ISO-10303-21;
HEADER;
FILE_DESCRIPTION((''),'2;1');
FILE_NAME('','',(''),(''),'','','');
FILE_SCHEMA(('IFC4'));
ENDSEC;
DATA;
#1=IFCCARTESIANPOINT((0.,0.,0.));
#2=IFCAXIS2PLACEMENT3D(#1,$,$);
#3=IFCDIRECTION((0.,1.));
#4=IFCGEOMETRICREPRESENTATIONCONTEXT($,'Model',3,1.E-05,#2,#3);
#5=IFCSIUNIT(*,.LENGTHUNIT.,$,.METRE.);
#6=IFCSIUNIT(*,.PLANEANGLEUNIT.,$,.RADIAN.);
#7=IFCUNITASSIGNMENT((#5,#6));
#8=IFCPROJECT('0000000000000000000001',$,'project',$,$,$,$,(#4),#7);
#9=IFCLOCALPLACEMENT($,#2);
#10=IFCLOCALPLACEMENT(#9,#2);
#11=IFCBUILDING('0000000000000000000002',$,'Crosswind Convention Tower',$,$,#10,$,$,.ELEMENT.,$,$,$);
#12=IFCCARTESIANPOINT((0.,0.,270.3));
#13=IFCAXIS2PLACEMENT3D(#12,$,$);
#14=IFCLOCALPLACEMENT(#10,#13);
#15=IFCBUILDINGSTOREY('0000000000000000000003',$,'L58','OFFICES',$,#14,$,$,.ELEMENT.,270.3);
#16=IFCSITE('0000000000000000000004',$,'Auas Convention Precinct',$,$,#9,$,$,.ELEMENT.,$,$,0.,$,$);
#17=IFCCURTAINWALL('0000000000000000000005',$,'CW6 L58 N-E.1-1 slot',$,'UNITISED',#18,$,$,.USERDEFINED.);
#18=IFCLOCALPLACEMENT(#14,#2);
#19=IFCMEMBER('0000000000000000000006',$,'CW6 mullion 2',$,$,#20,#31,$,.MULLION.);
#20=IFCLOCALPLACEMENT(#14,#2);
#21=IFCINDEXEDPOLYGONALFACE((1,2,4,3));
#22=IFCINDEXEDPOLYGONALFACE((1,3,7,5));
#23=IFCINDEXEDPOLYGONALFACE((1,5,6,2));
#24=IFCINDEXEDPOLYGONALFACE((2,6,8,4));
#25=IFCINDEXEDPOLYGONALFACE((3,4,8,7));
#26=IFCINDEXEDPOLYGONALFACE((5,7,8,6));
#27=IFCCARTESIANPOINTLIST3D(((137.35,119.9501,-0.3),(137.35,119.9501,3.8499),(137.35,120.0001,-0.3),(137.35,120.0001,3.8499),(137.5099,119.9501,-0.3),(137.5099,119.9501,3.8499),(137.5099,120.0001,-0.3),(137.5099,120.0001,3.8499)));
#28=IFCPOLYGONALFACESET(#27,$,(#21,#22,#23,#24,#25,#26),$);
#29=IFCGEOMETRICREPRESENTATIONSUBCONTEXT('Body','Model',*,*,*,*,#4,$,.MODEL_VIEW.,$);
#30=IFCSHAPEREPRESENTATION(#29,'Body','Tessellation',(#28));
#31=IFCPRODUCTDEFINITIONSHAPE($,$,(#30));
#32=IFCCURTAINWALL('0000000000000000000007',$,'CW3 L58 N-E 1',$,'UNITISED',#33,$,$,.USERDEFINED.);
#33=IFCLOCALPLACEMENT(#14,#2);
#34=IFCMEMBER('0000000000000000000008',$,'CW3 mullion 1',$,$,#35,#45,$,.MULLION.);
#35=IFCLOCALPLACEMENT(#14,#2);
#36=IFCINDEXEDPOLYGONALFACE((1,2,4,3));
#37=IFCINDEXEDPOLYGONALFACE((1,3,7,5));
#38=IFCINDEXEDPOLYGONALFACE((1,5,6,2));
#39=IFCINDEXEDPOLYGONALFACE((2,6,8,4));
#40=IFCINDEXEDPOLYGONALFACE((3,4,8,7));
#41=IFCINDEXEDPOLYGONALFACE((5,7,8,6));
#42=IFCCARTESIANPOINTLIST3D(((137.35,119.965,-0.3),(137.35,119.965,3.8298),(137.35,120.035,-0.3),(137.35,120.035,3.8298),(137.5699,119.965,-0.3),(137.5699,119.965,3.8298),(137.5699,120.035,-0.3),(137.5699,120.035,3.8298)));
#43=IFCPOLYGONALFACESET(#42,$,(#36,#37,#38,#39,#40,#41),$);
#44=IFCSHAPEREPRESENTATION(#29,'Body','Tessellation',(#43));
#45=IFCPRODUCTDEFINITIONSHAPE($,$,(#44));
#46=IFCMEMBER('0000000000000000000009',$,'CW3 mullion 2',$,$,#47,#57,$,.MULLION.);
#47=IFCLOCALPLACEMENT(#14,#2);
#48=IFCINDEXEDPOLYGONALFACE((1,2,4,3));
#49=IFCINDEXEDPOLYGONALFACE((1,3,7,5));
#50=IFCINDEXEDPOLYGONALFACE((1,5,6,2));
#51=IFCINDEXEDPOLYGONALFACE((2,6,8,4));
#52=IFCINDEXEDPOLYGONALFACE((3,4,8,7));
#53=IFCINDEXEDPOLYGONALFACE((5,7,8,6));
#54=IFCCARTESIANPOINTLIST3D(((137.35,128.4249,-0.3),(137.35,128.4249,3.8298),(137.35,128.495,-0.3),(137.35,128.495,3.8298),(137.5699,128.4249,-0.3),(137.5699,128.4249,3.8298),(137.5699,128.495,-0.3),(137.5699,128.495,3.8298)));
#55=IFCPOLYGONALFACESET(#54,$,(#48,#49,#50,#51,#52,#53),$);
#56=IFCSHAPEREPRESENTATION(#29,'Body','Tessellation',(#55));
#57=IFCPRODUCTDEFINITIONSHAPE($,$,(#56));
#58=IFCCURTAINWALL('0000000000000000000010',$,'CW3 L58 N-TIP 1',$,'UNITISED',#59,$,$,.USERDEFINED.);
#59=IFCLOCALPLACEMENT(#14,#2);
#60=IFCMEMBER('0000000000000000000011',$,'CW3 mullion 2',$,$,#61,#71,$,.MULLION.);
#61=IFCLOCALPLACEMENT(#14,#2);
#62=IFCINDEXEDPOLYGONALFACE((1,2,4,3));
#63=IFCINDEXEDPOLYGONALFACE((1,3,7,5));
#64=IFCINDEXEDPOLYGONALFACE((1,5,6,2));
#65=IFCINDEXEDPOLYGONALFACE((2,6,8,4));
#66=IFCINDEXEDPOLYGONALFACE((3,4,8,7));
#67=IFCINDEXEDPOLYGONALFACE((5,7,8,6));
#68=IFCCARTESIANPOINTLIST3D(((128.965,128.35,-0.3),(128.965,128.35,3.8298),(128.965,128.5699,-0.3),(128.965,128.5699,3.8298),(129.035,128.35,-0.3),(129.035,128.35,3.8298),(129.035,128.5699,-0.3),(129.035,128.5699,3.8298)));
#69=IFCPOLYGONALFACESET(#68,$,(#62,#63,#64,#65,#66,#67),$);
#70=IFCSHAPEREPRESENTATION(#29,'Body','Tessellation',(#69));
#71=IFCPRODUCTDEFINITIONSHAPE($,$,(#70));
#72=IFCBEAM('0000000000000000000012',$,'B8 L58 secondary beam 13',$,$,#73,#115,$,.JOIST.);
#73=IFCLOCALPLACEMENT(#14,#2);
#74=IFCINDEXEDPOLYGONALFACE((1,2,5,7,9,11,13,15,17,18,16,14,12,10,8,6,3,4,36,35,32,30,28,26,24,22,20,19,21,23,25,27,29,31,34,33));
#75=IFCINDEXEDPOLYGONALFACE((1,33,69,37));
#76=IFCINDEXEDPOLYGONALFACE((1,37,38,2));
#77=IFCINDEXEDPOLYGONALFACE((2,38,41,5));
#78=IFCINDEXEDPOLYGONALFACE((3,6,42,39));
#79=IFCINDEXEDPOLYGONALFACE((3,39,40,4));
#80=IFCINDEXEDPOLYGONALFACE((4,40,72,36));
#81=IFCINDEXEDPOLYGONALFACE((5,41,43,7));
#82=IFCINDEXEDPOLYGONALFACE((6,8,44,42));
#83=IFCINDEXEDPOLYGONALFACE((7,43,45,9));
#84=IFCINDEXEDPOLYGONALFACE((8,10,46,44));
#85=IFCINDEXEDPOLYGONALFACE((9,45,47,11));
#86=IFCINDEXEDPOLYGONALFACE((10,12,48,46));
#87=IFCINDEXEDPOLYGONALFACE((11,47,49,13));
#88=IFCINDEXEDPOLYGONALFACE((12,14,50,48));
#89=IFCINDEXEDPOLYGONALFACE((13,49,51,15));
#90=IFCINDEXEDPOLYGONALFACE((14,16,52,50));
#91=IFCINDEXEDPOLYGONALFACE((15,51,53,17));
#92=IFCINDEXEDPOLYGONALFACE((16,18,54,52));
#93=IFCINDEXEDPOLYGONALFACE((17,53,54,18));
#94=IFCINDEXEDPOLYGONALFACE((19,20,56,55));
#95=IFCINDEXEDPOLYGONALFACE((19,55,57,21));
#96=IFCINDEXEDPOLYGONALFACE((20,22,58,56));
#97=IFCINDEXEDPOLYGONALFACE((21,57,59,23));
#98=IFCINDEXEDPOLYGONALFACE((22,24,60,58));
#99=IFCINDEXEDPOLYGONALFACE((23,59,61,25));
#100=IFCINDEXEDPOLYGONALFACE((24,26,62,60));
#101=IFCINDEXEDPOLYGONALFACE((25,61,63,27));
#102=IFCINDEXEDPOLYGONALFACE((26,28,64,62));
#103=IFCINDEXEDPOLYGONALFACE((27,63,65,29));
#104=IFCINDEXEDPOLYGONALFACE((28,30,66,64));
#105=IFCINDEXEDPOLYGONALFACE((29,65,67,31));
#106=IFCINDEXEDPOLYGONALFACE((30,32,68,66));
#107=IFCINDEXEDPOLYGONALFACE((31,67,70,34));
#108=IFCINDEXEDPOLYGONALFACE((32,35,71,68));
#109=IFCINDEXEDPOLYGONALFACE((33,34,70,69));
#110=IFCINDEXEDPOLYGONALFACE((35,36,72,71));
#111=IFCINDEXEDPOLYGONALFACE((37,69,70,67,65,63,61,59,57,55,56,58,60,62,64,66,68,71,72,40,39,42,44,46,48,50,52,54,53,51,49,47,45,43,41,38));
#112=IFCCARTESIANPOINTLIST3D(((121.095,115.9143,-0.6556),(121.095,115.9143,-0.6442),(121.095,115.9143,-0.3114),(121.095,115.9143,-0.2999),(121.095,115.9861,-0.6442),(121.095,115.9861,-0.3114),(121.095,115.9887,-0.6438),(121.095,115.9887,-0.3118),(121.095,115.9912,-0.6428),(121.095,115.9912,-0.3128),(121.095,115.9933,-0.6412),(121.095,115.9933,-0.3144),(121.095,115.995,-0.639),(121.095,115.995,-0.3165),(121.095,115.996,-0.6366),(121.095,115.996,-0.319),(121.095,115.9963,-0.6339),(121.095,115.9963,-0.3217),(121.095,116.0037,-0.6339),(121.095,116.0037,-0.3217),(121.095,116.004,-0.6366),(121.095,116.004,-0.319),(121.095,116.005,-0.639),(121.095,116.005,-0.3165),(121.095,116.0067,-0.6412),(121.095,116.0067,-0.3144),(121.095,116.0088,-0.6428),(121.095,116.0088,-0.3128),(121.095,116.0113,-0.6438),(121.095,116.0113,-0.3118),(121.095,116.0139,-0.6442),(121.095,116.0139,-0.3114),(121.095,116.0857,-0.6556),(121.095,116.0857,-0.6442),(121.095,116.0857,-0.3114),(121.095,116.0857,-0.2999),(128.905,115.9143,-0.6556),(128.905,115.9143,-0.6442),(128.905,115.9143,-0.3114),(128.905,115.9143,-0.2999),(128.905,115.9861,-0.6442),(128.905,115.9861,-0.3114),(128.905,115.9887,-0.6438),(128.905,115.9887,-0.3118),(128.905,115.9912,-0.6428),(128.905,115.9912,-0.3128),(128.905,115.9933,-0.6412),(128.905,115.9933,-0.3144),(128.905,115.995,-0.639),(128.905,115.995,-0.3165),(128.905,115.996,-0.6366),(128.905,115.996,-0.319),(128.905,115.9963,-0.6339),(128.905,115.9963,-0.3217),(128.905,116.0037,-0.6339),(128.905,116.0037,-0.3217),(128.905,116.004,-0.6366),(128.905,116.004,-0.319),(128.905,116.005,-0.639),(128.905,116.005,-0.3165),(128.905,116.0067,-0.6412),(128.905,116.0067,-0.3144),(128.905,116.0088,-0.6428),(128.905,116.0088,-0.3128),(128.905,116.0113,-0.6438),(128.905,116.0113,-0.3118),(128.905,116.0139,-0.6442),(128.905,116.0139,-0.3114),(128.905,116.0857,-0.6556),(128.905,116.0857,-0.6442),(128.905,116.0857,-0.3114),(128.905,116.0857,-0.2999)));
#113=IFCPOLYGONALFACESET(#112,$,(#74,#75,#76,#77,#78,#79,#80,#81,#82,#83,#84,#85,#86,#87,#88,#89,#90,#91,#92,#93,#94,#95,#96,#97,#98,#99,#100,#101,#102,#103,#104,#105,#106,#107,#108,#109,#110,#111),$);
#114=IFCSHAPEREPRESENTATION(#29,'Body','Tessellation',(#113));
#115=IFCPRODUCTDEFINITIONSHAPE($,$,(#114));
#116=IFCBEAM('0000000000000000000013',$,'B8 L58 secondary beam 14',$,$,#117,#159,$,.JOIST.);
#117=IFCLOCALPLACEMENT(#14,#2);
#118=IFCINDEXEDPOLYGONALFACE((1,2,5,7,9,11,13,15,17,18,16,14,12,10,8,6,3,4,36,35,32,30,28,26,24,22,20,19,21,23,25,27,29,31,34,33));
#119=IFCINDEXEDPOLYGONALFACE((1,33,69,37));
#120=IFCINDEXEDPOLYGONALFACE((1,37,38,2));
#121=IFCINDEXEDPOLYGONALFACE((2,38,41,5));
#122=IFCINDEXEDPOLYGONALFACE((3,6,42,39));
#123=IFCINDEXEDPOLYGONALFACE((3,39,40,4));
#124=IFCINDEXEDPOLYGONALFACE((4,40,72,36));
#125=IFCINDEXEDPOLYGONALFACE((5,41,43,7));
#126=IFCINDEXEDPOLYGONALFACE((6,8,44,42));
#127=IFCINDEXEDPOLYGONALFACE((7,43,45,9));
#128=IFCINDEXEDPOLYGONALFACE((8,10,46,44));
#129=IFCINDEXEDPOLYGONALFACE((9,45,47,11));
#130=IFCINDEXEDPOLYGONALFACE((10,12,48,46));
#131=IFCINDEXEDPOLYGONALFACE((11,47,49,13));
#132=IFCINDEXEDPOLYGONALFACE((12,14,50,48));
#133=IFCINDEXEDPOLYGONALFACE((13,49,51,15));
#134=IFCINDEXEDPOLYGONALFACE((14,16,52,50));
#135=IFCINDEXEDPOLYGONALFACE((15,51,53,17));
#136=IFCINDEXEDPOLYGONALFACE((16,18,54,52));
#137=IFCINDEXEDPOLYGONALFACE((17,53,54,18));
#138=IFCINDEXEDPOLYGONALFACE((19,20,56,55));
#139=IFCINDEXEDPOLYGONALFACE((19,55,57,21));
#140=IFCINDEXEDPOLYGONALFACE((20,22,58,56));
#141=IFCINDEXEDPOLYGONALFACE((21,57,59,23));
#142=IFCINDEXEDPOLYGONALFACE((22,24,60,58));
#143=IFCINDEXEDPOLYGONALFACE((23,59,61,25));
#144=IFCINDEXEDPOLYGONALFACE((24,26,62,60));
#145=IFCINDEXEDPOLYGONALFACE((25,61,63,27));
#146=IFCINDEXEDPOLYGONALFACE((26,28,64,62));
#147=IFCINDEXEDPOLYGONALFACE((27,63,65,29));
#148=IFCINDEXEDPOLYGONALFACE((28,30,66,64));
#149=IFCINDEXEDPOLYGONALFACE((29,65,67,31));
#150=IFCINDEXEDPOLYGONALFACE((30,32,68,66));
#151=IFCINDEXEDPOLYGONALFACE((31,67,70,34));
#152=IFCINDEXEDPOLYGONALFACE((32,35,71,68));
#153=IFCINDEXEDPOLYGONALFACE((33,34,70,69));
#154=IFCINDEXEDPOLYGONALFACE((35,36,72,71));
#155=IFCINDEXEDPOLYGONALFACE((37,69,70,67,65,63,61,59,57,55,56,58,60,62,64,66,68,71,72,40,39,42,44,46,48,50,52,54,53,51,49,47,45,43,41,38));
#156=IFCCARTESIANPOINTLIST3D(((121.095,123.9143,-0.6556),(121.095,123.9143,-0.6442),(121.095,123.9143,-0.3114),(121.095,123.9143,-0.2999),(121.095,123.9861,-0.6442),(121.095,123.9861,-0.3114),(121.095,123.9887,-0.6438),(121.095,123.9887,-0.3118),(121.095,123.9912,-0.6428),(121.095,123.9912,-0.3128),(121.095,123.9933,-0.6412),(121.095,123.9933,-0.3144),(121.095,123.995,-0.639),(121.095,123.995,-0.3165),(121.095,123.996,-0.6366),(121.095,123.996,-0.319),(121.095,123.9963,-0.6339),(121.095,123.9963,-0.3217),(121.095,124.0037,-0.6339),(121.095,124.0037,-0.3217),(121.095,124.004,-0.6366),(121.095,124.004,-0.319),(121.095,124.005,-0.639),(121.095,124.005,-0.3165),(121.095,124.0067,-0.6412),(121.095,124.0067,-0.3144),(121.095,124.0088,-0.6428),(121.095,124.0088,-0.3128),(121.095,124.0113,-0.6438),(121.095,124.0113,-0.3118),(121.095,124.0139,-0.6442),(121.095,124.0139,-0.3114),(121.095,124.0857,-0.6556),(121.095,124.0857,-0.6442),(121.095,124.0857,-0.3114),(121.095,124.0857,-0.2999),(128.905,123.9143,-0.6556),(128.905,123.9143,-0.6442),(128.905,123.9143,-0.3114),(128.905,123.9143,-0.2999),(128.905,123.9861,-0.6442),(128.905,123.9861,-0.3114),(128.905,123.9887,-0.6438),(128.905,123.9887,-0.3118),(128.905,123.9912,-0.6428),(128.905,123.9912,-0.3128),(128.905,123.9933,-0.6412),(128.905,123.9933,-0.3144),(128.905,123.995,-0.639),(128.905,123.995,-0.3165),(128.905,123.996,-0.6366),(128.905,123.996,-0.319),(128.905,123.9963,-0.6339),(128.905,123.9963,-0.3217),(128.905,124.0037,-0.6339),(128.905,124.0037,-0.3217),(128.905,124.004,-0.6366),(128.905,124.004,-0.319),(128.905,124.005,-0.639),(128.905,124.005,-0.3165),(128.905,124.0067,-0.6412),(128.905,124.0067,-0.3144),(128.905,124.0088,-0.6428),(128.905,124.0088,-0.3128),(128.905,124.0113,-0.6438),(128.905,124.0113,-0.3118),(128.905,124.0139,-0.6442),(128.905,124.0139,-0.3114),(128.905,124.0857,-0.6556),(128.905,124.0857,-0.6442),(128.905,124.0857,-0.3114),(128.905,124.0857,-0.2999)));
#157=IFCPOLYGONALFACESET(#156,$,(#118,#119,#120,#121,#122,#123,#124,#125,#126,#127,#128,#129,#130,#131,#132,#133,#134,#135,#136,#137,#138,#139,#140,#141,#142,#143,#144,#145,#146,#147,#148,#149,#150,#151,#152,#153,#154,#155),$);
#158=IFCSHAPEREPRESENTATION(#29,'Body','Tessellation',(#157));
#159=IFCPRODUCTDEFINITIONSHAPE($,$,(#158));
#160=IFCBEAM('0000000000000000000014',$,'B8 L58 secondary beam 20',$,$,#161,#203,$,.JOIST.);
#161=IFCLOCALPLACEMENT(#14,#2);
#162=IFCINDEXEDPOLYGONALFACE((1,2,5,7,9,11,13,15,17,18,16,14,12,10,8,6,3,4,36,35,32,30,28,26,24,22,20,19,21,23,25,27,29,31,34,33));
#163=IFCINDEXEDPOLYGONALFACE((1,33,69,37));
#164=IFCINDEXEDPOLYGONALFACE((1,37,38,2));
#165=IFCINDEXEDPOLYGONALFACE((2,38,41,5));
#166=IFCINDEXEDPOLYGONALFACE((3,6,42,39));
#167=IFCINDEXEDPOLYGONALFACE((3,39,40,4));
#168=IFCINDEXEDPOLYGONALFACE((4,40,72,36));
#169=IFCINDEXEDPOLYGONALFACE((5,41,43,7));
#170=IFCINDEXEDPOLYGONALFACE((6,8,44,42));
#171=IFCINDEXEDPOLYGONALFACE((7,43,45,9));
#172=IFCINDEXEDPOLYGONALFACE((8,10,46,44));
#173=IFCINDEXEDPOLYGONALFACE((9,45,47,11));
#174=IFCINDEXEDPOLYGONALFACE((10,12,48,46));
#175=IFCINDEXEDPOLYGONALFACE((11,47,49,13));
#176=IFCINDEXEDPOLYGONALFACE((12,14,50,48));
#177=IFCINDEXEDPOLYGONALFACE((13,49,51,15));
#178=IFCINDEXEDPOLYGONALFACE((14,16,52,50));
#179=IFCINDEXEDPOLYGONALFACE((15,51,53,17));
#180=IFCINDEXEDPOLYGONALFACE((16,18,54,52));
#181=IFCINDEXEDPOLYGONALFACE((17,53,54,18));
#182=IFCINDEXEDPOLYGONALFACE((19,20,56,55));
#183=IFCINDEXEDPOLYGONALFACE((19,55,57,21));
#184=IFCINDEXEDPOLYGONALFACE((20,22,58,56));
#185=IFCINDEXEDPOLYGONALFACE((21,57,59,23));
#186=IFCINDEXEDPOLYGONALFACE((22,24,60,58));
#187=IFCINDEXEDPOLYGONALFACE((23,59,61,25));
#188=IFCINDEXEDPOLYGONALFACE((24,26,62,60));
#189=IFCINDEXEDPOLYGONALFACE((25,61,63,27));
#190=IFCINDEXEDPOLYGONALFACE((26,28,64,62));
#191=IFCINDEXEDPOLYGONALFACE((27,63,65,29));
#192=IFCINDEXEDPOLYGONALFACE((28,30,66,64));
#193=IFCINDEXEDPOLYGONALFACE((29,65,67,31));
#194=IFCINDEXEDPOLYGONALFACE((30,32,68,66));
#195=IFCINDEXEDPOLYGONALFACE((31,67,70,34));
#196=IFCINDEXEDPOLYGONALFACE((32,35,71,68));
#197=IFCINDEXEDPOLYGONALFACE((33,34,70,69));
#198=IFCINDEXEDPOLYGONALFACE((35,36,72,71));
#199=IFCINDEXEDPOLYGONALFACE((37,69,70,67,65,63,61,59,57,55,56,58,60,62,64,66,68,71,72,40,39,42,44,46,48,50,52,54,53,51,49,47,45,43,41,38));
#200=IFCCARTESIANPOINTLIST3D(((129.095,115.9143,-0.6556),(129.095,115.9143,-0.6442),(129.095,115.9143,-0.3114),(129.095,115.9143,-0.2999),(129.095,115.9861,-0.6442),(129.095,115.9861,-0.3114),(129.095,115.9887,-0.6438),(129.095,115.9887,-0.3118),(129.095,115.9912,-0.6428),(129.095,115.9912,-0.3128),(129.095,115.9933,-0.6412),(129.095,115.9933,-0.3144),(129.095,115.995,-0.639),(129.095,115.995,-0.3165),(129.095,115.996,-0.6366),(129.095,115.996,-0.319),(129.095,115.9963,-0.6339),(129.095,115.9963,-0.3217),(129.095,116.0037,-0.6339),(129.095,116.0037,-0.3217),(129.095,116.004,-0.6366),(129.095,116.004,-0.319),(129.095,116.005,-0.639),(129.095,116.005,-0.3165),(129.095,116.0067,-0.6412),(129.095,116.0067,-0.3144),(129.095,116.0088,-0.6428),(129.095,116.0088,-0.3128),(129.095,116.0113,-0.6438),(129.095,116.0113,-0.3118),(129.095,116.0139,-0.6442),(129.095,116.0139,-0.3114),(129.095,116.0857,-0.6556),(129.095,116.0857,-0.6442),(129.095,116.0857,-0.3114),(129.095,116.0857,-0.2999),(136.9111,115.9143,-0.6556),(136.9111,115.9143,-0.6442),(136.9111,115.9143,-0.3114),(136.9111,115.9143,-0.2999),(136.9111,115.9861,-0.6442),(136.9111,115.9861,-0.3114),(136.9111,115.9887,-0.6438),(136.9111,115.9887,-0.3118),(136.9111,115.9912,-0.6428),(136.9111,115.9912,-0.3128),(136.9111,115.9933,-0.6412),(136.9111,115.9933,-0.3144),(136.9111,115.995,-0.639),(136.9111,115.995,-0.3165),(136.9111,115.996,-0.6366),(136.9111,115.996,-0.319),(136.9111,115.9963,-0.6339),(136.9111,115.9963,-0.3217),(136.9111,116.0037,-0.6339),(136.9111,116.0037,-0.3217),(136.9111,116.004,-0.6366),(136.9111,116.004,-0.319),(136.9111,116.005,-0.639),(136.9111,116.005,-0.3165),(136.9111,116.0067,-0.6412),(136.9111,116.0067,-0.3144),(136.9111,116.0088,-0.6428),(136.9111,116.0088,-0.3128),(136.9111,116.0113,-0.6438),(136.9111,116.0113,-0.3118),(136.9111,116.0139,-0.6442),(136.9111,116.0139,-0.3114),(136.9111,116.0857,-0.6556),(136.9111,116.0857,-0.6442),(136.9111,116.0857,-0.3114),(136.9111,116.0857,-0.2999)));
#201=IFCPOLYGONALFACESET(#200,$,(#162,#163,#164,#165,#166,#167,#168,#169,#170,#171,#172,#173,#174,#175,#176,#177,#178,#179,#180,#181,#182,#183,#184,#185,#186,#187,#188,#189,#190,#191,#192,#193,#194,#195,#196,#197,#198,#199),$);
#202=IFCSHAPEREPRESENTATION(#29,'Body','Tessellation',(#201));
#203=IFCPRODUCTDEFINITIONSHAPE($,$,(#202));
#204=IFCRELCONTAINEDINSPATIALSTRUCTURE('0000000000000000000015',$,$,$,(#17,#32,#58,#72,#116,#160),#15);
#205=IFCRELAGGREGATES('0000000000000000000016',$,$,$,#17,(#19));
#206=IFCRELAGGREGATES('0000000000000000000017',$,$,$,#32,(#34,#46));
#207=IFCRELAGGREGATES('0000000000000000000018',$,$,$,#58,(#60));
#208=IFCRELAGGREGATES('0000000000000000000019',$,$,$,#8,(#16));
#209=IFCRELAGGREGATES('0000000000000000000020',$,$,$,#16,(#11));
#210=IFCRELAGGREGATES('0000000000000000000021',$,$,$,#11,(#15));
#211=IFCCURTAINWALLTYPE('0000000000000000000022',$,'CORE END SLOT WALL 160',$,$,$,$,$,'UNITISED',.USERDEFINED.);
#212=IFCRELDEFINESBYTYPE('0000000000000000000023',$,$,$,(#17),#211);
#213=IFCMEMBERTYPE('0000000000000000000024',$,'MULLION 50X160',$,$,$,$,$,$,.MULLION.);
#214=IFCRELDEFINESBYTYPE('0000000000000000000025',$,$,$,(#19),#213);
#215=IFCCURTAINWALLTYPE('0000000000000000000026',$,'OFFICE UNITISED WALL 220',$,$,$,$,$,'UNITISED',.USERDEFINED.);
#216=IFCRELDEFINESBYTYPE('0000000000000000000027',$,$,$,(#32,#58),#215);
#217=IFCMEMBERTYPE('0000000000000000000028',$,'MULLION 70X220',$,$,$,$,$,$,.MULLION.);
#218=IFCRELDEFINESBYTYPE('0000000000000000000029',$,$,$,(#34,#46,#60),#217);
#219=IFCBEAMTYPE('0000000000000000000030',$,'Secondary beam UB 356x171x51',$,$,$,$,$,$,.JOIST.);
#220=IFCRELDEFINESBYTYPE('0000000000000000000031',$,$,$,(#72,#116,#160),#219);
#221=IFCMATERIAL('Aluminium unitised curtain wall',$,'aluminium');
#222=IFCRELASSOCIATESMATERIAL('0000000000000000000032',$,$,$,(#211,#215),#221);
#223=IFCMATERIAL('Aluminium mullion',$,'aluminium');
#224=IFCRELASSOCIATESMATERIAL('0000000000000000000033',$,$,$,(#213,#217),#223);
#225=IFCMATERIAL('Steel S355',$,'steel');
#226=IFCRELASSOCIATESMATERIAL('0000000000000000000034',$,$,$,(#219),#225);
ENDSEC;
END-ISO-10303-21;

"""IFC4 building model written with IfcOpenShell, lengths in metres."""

from ifc_helpers import new_model, si_unit, direction, frame, origin, origin_2d, place, context, subcontext, project, spatial, rectangle, i_section, extrude, material, material_profile, profile_set, type_object, element, aggregate, save


model = new_model("IFC4")

# Units and contexts
model_context = context("Model", 3, precision=1e-05, world=origin(), true_north=direction((0.0, 1.0)))
body_context = subcontext(model_context, "Body", "Model", "MODEL_VIEW")
ifc_project = project(units=[si_unit("LENGTHUNIT", "METRE"), si_unit("PLANEANGLEUNIT", "RADIAN")], contexts=[model_context])

# Site, building, storey
site_placement = place(None, origin())
site = spatial("IfcSite", under=ifc_project, at=site_placement, Name="Auas Convention Precinct", CompositionType="ELEMENT", RefElevation=0.0)
building_placement = place(site_placement, origin())
building = spatial("IfcBuilding", under=site, at=building_placement, Name="Crosswind Convention Tower", CompositionType="ELEMENT")
storey_placement = place(building_placement, frame((0.0, 0.0, 270.3)))
storey = spatial("IfcBuildingStorey", under=building, at=storey_placement, Name="L58", Description="OFFICES", CompositionType="ELEMENT", Elevation=270.3)

# Shared definitions
ifc_material_1 = material(Name="Steel S355", Category="steel")

# Curtain walls, members
ifc_material_2 = material(Name="Aluminium unitised curtain wall", Category="aluminium")
curtain_wall_type_1 = type_object("IfcCurtainWallType", Name="CORE END SLOT WALL 160", ElementType="UNITISED", PredefinedType="USERDEFINED", material=ifc_material_2)
curtain_wall_1_placement = place(storey_placement, origin())
curtain_wall_1 = element("IfcCurtainWall", 1, at=curtain_wall_1_placement, inside=storey, type_object=curtain_wall_type_1, Name="CW6 L58 N-E.1-1 slot", ObjectType="UNITISED", PredefinedType="USERDEFINED")
ifc_material_3 = material(Name="Aluminium mullion", Category="aluminium")
ifc_material_profile_1 = material_profile(ifc_material_3, rectangle(XDim=0.1599, YDim=0.05, at=origin_2d()), Name="AL 160X50")
ifc_profile_set_1 = profile_set([ifc_material_profile_1], Name="Aluminium mullion")
member_type_1 = type_object("IfcMemberType", Name="MULLION 50X160", PredefinedType="MULLION", material=ifc_profile_set_1)
member_1_placement = place(storey_placement, frame((137.4299, 119.9751, -0.3), z_axis=(0.0, 0.0, 1.0), x_axis=(1.0, 0.0, 0.0)))
member_1 = element("IfcMember", 2, at=member_1_placement, type_object=member_type_1, Name="CW6 mullion 2", PredefinedType="MULLION", context=body_context, shape_type="SweptSolid", body=[
    extrude(rectangle(XDim=0.1599, YDim=0.05, at=origin_2d()), origin(), (0.0, 0.0, 1.0), 4.1499),
])
curtain_wall_type_2 = type_object("IfcCurtainWallType", Name="OFFICE UNITISED WALL 220", ElementType="UNITISED", PredefinedType="USERDEFINED", material=ifc_material_2)
curtain_wall_2_placement = place(storey_placement, origin())
curtain_wall_2 = element("IfcCurtainWall", 3, at=curtain_wall_2_placement, inside=storey, type_object=curtain_wall_type_2, Name="CW3 L58 N-E 1", ObjectType="UNITISED", PredefinedType="USERDEFINED")
ifc_material_profile_2 = material_profile(ifc_material_3, rectangle(XDim=0.22, YDim=0.0701, at=origin_2d()), Name="AL 220X70")
ifc_profile_set_2 = profile_set([ifc_material_profile_2], Name="Aluminium mullion")
member_type_2 = type_object("IfcMemberType", Name="MULLION 70X220", PredefinedType="MULLION", material=ifc_profile_set_2)
member_2_placement = place(storey_placement, frame((137.46, 120.0, -0.3), z_axis=(0.0, 0.0, 1.0), x_axis=(1.0, 0.0, 0.0)))
member_2 = element("IfcMember", 4, at=member_2_placement, type_object=member_type_2, Name="CW3 mullion 1", PredefinedType="MULLION", context=body_context, shape_type="SweptSolid", body=[
    extrude(rectangle(XDim=0.22, YDim=0.0701, at=origin_2d()), origin(), (0.0, 0.0, 1.0), 4.1299),
])
member_3_placement = place(storey_placement, frame((137.46, 128.46, -0.3), z_axis=(0.0, 0.0, 1.0), x_axis=(1.0, 0.0, 0.0)))
member_3 = element("IfcMember", 5, at=member_3_placement, type_object=member_type_2, Name="CW3 mullion 2", PredefinedType="MULLION", context=body_context, shape_type="SweptSolid", body=[
    extrude(rectangle(XDim=0.22, YDim=0.0701, at=origin_2d()), origin(), (0.0, 0.0, 1.0), 4.1299),
])

# Curtain wall, member
curtain_wall_3_placement = place(storey_placement, origin())
curtain_wall_3 = element("IfcCurtainWall", 6, at=curtain_wall_3_placement, inside=storey, type_object=curtain_wall_type_2, Name="CW3 L58 N-TIP 1", ObjectType="UNITISED", PredefinedType="USERDEFINED")
member_4_placement = place(storey_placement, frame((129.0, 128.46, -0.3), z_axis=(0.0, 0.0, 1.0), x_axis=(0.0, 1.0, 0.0)))
member_4 = element("IfcMember", 7, at=member_4_placement, type_object=member_type_2, Name="CW3 mullion 2", PredefinedType="MULLION", context=body_context, shape_type="SweptSolid", body=[
    extrude(rectangle(XDim=0.22, YDim=0.0701, at=origin_2d()), origin(), (0.0, 0.0, 1.0), 4.1299),
])

# Beams
ifc_material_profile_3 = material_profile(ifc_material_1, i_section(OverallWidth=0.1714, OverallDepth=0.3557, WebThickness=0.0073, FlangeThickness=0.0115, FilletRadius=0.0103, at=origin_2d()), Name="UB 356x171x51")
ifc_profile_set_3 = profile_set([ifc_material_profile_3], Name="Steel S355")
beam_type_1 = type_object("IfcBeamType", Name="Secondary beam UB 356x171x51", PredefinedType="JOIST", material=ifc_profile_set_3)
for number, where, z_axis, x_axis, name in (
    (8, (121.095, 116.0, -0.4778), (1.0, 0.0, 0.0), (0.0, 1.0, 0.0), "B8 L58 secondary beam 13"),
    (9, (121.095, 124.0, -0.4778), (1.0, 0.0, 0.0), (0.0, 1.0, 0.0), "B8 L58 secondary beam 14"),
):
    element("IfcBeam", number, at=place(storey_placement, frame(where, z_axis=z_axis, x_axis=x_axis)), inside=storey, type_object=beam_type_1, Name=name, PredefinedType="JOIST", context=body_context, shape_type="SweptSolid", body=[
        extrude(i_section(OverallWidth=0.1714, OverallDepth=0.3557, WebThickness=0.0073, FlangeThickness=0.0115, FilletRadius=0.0103, at=origin_2d()), origin(), (0.0, 0.0, 1.0), 7.8101),
    ])
for number, where, z_axis, x_axis, name in (
    (10, (129.095, 116.0, -0.4778), (1.0, 0.0, 0.0), (0.0, 1.0, 0.0), "B8 L58 secondary beam 20"),
):
    element("IfcBeam", number, at=place(storey_placement, frame(where, z_axis=z_axis, x_axis=x_axis)), inside=storey, type_object=beam_type_1, Name=name, PredefinedType="JOIST", context=body_context, shape_type="SweptSolid", body=[
        extrude(i_section(OverallWidth=0.1714, OverallDepth=0.3557, WebThickness=0.0073, FlangeThickness=0.0115, FilletRadius=0.0103, at=origin_2d()), origin(), (0.0, 0.0, 1.0), 7.8162),
    ])

aggregate(curtain_wall_1, [member_1])

aggregate(curtain_wall_2, [member_2, member_3])
aggregate(curtain_wall_3, [member_4])

save(model, "model.ifc")
